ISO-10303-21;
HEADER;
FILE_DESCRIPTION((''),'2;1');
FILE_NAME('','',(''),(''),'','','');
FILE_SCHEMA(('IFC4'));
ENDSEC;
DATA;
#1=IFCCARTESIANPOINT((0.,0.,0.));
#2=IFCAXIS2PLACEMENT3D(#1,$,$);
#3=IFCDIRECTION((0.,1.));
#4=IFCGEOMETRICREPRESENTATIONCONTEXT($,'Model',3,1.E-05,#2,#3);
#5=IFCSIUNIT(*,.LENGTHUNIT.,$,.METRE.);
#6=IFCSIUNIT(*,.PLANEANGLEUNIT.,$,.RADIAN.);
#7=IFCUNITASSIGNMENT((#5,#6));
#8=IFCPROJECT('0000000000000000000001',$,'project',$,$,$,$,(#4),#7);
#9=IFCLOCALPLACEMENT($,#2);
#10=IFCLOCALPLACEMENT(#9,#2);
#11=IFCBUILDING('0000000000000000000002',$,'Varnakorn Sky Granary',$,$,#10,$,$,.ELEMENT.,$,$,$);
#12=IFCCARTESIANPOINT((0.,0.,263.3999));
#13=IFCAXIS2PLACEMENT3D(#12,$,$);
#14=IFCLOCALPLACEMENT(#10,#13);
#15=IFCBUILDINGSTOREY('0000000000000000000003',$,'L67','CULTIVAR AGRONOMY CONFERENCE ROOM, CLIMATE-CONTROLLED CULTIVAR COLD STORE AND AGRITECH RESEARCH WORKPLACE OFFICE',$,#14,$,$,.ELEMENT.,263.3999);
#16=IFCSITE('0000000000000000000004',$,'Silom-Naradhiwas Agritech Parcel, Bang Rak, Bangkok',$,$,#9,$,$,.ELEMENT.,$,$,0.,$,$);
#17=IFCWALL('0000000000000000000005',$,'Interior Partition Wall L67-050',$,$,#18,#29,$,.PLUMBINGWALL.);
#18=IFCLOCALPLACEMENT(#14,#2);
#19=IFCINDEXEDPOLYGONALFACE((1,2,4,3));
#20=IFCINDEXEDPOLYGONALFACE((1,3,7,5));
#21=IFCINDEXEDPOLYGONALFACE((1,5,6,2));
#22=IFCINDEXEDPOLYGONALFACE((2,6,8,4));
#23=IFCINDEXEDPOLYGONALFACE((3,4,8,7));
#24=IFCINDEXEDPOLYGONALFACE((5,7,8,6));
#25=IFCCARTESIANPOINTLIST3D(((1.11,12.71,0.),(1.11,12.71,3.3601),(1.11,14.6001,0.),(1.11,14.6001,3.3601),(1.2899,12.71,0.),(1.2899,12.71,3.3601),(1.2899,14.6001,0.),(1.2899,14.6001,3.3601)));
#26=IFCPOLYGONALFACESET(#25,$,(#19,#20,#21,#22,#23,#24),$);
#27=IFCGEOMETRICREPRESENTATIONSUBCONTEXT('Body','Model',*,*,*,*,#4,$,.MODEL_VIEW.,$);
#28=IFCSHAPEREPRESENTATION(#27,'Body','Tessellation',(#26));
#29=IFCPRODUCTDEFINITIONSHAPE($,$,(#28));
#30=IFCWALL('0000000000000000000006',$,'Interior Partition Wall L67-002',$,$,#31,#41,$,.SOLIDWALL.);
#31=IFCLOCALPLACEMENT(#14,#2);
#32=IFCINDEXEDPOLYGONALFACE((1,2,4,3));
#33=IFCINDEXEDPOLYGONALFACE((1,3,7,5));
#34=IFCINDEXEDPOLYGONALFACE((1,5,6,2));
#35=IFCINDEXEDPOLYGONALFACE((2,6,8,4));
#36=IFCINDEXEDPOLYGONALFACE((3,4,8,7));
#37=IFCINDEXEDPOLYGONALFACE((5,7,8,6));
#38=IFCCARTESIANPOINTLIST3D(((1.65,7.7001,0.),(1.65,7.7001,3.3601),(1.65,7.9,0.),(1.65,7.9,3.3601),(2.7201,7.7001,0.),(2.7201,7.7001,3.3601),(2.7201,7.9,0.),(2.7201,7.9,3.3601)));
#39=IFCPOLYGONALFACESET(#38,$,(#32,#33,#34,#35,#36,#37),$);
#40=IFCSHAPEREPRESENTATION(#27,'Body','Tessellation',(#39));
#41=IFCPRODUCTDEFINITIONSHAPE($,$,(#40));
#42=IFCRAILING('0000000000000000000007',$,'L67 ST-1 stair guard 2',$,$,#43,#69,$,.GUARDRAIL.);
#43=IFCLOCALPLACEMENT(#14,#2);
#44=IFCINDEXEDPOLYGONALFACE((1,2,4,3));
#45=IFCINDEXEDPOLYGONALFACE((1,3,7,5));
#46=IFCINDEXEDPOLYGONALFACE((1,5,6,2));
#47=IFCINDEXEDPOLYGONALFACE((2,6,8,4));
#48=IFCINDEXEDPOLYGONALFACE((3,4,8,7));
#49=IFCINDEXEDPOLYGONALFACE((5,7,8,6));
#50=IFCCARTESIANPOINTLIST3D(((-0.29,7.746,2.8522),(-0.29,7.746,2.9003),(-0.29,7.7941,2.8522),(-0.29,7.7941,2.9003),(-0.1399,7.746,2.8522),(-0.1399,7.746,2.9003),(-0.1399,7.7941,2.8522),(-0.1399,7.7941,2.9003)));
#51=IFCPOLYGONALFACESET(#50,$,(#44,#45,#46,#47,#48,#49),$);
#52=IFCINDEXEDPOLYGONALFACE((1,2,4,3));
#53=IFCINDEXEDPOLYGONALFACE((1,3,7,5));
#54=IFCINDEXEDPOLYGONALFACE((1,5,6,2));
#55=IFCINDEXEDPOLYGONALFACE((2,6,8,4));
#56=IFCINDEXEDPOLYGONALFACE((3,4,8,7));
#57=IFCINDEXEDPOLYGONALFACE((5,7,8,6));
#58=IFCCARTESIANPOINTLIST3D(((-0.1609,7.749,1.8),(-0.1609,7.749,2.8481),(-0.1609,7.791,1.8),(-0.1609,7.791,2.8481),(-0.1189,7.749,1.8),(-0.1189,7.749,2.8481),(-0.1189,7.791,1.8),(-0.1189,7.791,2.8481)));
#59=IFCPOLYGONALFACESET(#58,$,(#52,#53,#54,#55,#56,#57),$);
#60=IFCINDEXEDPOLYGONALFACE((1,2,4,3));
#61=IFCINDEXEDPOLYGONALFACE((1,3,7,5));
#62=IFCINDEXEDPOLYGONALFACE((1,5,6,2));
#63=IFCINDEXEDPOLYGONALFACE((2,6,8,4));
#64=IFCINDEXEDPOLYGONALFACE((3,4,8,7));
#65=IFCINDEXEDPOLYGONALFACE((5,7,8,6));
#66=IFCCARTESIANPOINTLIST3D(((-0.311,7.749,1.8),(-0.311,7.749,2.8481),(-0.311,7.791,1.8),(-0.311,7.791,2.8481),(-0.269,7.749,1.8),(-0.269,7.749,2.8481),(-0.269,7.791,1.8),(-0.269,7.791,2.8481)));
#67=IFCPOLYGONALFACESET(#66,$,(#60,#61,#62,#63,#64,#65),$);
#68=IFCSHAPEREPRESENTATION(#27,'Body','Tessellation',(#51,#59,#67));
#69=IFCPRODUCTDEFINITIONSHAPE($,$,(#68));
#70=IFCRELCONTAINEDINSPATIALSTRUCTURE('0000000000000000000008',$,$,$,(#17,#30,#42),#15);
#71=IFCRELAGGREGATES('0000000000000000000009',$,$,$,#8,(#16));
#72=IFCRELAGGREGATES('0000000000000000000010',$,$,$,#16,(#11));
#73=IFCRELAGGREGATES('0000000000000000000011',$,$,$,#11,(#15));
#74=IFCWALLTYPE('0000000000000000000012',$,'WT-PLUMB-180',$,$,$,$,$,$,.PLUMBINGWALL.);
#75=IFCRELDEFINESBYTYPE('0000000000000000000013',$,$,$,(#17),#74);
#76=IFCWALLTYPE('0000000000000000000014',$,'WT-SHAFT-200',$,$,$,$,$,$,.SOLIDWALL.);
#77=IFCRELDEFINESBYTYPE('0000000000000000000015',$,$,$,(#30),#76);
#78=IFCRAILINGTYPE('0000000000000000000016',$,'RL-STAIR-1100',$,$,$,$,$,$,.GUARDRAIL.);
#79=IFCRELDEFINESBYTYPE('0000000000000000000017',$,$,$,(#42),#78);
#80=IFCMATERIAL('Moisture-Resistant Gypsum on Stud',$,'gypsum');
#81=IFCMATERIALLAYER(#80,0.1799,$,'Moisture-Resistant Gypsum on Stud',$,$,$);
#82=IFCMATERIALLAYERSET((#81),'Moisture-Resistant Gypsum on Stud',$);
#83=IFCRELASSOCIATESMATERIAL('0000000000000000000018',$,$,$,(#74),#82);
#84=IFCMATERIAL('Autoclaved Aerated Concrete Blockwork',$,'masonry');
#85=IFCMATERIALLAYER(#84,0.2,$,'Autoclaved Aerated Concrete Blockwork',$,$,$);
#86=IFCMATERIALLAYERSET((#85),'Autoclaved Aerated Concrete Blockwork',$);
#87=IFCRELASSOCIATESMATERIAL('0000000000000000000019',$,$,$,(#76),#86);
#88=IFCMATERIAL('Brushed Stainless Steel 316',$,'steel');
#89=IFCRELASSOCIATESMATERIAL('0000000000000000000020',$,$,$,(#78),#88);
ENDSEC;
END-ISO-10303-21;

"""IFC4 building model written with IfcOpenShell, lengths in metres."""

from ifc_helpers import new_model, si_unit, direction, frame, frame_2d, origin, origin_2d, place, context, subcontext, project, spatial, rectangle, extrude, material, layer, layer_set, type_object, element, save


model = new_model("IFC4")

# Units and contexts
model_context = context("Model", 3, precision=1e-05, world=origin(), true_north=direction((0.0, 1.0)))
body_context = subcontext(model_context, "Body", "Model", "MODEL_VIEW")
ifc_project = project(units=[si_unit("LENGTHUNIT", "METRE"), si_unit("PLANEANGLEUNIT", "RADIAN")], contexts=[model_context])

# Site, building, storey
site_placement = place(None, origin())
site = spatial("IfcSite", under=ifc_project, at=site_placement, Name="Silom-Naradhiwas Agritech Parcel, Bang Rak, Bangkok", CompositionType="ELEMENT", RefElevation=0.0)
building_placement = place(site_placement, origin())
building = spatial("IfcBuilding", under=site, at=building_placement, Name="Varnakorn Sky Granary", CompositionType="ELEMENT")
storey_placement = place(building_placement, frame((0.0, 0.0, 263.3999)))
storey = spatial("IfcBuildingStorey", under=building, at=storey_placement, Name="L67", Description="CULTIVAR AGRONOMY CONFERENCE ROOM, CLIMATE-CONTROLLED CULTIVAR COLD STORE AND AGRITECH RESEARCH WORKPLACE OFFICE", CompositionType="ELEMENT", Elevation=263.3999)

# Walls
ifc_material_1 = material(Name="Moisture-Resistant Gypsum on Stud", Category="gypsum")
ifc_layer_1 = layer(ifc_material_1, 0.1799, Name="Moisture-Resistant Gypsum on Stud")
ifc_layer_set_1 = layer_set([ifc_layer_1], Name="Moisture-Resistant Gypsum on Stud")
wall_type_1 = type_object("IfcWallType", Name="WT-PLUMB-180", PredefinedType="PLUMBINGWALL", material=ifc_layer_set_1)
wall_1_placement = place(storey_placement, frame((1.2, 14.6001, 0.0), z_axis=(0.0, 0.0, 1.0), x_axis=(0.0, -1.0, 0.0)))
element("IfcWall", 1, at=wall_1_placement, inside=storey, type_object=wall_type_1, Name="Interior Partition Wall L67-050", PredefinedType="PLUMBINGWALL", context=body_context, shape_type="SweptSolid", body=[
    extrude(rectangle(XDim=1.8901, YDim=0.1799, at=frame_2d((0.9451, 0.0))), origin(), (0.0, 0.0, 1.0), 3.3601),
])
ifc_material_2 = material(Name="Autoclaved Aerated Concrete Blockwork", Category="masonry")
ifc_layer_2 = layer(ifc_material_2, 0.2, Name="Autoclaved Aerated Concrete Blockwork")
ifc_layer_set_2 = layer_set([ifc_layer_2], Name="Autoclaved Aerated Concrete Blockwork")
wall_type_2 = type_object("IfcWallType", Name="WT-SHAFT-200", PredefinedType="SOLIDWALL", material=ifc_layer_set_2)
wall_2_placement = place(storey_placement, frame((1.6499, 7.8, 0.0), z_axis=(0.0, 0.0, 1.0), x_axis=(1.0, 0.0, 0.0)))
element("IfcWall", 2, at=wall_2_placement, inside=storey, type_object=wall_type_2, Name="Interior Partition Wall L67-002", PredefinedType="SOLIDWALL", context=body_context, shape_type="SweptSolid", body=[
    extrude(rectangle(XDim=1.0701, YDim=0.2, at=frame_2d((0.5352, 0.0))), origin(), (0.0, 0.0, 1.0), 3.3601),
])

# Railing
ifc_material_3 = material(Name="Brushed Stainless Steel 316", Category="steel")
railing_type = type_object("IfcRailingType", Name="RL-STAIR-1100", PredefinedType="GUARDRAIL", material=ifc_material_3)
railing_placement = place(storey_placement, frame((-0.1399, 7.77, 1.8)))
element("IfcRailing", 3, at=railing_placement, inside=storey, type_object=railing_type, Name="L67 ST-1 stair guard 2", PredefinedType="GUARDRAIL", context=body_context, shape_type="SweptSolid", body=[
    extrude(rectangle(XDim=0.0481, YDim=0.0481, at=origin_2d()), frame((0.0, 0.0, 1.0762), z_axis=(-1.0, 0.0, 0.0), x_axis=(0.0, -1.0, 0.0)), (0.0, 0.0, 1.0), 0.1501),
    extrude(rectangle(XDim=0.042, YDim=0.042, at=origin_2d()), origin(), (0.0, 0.0, 1.0), 1.0481),
    extrude(rectangle(XDim=0.042, YDim=0.042, at=origin_2d()), frame((-0.1501, 0.0, 0.0)), (0.0, 0.0, 1.0), 1.0481),
])

save(model, "model.ifc")
